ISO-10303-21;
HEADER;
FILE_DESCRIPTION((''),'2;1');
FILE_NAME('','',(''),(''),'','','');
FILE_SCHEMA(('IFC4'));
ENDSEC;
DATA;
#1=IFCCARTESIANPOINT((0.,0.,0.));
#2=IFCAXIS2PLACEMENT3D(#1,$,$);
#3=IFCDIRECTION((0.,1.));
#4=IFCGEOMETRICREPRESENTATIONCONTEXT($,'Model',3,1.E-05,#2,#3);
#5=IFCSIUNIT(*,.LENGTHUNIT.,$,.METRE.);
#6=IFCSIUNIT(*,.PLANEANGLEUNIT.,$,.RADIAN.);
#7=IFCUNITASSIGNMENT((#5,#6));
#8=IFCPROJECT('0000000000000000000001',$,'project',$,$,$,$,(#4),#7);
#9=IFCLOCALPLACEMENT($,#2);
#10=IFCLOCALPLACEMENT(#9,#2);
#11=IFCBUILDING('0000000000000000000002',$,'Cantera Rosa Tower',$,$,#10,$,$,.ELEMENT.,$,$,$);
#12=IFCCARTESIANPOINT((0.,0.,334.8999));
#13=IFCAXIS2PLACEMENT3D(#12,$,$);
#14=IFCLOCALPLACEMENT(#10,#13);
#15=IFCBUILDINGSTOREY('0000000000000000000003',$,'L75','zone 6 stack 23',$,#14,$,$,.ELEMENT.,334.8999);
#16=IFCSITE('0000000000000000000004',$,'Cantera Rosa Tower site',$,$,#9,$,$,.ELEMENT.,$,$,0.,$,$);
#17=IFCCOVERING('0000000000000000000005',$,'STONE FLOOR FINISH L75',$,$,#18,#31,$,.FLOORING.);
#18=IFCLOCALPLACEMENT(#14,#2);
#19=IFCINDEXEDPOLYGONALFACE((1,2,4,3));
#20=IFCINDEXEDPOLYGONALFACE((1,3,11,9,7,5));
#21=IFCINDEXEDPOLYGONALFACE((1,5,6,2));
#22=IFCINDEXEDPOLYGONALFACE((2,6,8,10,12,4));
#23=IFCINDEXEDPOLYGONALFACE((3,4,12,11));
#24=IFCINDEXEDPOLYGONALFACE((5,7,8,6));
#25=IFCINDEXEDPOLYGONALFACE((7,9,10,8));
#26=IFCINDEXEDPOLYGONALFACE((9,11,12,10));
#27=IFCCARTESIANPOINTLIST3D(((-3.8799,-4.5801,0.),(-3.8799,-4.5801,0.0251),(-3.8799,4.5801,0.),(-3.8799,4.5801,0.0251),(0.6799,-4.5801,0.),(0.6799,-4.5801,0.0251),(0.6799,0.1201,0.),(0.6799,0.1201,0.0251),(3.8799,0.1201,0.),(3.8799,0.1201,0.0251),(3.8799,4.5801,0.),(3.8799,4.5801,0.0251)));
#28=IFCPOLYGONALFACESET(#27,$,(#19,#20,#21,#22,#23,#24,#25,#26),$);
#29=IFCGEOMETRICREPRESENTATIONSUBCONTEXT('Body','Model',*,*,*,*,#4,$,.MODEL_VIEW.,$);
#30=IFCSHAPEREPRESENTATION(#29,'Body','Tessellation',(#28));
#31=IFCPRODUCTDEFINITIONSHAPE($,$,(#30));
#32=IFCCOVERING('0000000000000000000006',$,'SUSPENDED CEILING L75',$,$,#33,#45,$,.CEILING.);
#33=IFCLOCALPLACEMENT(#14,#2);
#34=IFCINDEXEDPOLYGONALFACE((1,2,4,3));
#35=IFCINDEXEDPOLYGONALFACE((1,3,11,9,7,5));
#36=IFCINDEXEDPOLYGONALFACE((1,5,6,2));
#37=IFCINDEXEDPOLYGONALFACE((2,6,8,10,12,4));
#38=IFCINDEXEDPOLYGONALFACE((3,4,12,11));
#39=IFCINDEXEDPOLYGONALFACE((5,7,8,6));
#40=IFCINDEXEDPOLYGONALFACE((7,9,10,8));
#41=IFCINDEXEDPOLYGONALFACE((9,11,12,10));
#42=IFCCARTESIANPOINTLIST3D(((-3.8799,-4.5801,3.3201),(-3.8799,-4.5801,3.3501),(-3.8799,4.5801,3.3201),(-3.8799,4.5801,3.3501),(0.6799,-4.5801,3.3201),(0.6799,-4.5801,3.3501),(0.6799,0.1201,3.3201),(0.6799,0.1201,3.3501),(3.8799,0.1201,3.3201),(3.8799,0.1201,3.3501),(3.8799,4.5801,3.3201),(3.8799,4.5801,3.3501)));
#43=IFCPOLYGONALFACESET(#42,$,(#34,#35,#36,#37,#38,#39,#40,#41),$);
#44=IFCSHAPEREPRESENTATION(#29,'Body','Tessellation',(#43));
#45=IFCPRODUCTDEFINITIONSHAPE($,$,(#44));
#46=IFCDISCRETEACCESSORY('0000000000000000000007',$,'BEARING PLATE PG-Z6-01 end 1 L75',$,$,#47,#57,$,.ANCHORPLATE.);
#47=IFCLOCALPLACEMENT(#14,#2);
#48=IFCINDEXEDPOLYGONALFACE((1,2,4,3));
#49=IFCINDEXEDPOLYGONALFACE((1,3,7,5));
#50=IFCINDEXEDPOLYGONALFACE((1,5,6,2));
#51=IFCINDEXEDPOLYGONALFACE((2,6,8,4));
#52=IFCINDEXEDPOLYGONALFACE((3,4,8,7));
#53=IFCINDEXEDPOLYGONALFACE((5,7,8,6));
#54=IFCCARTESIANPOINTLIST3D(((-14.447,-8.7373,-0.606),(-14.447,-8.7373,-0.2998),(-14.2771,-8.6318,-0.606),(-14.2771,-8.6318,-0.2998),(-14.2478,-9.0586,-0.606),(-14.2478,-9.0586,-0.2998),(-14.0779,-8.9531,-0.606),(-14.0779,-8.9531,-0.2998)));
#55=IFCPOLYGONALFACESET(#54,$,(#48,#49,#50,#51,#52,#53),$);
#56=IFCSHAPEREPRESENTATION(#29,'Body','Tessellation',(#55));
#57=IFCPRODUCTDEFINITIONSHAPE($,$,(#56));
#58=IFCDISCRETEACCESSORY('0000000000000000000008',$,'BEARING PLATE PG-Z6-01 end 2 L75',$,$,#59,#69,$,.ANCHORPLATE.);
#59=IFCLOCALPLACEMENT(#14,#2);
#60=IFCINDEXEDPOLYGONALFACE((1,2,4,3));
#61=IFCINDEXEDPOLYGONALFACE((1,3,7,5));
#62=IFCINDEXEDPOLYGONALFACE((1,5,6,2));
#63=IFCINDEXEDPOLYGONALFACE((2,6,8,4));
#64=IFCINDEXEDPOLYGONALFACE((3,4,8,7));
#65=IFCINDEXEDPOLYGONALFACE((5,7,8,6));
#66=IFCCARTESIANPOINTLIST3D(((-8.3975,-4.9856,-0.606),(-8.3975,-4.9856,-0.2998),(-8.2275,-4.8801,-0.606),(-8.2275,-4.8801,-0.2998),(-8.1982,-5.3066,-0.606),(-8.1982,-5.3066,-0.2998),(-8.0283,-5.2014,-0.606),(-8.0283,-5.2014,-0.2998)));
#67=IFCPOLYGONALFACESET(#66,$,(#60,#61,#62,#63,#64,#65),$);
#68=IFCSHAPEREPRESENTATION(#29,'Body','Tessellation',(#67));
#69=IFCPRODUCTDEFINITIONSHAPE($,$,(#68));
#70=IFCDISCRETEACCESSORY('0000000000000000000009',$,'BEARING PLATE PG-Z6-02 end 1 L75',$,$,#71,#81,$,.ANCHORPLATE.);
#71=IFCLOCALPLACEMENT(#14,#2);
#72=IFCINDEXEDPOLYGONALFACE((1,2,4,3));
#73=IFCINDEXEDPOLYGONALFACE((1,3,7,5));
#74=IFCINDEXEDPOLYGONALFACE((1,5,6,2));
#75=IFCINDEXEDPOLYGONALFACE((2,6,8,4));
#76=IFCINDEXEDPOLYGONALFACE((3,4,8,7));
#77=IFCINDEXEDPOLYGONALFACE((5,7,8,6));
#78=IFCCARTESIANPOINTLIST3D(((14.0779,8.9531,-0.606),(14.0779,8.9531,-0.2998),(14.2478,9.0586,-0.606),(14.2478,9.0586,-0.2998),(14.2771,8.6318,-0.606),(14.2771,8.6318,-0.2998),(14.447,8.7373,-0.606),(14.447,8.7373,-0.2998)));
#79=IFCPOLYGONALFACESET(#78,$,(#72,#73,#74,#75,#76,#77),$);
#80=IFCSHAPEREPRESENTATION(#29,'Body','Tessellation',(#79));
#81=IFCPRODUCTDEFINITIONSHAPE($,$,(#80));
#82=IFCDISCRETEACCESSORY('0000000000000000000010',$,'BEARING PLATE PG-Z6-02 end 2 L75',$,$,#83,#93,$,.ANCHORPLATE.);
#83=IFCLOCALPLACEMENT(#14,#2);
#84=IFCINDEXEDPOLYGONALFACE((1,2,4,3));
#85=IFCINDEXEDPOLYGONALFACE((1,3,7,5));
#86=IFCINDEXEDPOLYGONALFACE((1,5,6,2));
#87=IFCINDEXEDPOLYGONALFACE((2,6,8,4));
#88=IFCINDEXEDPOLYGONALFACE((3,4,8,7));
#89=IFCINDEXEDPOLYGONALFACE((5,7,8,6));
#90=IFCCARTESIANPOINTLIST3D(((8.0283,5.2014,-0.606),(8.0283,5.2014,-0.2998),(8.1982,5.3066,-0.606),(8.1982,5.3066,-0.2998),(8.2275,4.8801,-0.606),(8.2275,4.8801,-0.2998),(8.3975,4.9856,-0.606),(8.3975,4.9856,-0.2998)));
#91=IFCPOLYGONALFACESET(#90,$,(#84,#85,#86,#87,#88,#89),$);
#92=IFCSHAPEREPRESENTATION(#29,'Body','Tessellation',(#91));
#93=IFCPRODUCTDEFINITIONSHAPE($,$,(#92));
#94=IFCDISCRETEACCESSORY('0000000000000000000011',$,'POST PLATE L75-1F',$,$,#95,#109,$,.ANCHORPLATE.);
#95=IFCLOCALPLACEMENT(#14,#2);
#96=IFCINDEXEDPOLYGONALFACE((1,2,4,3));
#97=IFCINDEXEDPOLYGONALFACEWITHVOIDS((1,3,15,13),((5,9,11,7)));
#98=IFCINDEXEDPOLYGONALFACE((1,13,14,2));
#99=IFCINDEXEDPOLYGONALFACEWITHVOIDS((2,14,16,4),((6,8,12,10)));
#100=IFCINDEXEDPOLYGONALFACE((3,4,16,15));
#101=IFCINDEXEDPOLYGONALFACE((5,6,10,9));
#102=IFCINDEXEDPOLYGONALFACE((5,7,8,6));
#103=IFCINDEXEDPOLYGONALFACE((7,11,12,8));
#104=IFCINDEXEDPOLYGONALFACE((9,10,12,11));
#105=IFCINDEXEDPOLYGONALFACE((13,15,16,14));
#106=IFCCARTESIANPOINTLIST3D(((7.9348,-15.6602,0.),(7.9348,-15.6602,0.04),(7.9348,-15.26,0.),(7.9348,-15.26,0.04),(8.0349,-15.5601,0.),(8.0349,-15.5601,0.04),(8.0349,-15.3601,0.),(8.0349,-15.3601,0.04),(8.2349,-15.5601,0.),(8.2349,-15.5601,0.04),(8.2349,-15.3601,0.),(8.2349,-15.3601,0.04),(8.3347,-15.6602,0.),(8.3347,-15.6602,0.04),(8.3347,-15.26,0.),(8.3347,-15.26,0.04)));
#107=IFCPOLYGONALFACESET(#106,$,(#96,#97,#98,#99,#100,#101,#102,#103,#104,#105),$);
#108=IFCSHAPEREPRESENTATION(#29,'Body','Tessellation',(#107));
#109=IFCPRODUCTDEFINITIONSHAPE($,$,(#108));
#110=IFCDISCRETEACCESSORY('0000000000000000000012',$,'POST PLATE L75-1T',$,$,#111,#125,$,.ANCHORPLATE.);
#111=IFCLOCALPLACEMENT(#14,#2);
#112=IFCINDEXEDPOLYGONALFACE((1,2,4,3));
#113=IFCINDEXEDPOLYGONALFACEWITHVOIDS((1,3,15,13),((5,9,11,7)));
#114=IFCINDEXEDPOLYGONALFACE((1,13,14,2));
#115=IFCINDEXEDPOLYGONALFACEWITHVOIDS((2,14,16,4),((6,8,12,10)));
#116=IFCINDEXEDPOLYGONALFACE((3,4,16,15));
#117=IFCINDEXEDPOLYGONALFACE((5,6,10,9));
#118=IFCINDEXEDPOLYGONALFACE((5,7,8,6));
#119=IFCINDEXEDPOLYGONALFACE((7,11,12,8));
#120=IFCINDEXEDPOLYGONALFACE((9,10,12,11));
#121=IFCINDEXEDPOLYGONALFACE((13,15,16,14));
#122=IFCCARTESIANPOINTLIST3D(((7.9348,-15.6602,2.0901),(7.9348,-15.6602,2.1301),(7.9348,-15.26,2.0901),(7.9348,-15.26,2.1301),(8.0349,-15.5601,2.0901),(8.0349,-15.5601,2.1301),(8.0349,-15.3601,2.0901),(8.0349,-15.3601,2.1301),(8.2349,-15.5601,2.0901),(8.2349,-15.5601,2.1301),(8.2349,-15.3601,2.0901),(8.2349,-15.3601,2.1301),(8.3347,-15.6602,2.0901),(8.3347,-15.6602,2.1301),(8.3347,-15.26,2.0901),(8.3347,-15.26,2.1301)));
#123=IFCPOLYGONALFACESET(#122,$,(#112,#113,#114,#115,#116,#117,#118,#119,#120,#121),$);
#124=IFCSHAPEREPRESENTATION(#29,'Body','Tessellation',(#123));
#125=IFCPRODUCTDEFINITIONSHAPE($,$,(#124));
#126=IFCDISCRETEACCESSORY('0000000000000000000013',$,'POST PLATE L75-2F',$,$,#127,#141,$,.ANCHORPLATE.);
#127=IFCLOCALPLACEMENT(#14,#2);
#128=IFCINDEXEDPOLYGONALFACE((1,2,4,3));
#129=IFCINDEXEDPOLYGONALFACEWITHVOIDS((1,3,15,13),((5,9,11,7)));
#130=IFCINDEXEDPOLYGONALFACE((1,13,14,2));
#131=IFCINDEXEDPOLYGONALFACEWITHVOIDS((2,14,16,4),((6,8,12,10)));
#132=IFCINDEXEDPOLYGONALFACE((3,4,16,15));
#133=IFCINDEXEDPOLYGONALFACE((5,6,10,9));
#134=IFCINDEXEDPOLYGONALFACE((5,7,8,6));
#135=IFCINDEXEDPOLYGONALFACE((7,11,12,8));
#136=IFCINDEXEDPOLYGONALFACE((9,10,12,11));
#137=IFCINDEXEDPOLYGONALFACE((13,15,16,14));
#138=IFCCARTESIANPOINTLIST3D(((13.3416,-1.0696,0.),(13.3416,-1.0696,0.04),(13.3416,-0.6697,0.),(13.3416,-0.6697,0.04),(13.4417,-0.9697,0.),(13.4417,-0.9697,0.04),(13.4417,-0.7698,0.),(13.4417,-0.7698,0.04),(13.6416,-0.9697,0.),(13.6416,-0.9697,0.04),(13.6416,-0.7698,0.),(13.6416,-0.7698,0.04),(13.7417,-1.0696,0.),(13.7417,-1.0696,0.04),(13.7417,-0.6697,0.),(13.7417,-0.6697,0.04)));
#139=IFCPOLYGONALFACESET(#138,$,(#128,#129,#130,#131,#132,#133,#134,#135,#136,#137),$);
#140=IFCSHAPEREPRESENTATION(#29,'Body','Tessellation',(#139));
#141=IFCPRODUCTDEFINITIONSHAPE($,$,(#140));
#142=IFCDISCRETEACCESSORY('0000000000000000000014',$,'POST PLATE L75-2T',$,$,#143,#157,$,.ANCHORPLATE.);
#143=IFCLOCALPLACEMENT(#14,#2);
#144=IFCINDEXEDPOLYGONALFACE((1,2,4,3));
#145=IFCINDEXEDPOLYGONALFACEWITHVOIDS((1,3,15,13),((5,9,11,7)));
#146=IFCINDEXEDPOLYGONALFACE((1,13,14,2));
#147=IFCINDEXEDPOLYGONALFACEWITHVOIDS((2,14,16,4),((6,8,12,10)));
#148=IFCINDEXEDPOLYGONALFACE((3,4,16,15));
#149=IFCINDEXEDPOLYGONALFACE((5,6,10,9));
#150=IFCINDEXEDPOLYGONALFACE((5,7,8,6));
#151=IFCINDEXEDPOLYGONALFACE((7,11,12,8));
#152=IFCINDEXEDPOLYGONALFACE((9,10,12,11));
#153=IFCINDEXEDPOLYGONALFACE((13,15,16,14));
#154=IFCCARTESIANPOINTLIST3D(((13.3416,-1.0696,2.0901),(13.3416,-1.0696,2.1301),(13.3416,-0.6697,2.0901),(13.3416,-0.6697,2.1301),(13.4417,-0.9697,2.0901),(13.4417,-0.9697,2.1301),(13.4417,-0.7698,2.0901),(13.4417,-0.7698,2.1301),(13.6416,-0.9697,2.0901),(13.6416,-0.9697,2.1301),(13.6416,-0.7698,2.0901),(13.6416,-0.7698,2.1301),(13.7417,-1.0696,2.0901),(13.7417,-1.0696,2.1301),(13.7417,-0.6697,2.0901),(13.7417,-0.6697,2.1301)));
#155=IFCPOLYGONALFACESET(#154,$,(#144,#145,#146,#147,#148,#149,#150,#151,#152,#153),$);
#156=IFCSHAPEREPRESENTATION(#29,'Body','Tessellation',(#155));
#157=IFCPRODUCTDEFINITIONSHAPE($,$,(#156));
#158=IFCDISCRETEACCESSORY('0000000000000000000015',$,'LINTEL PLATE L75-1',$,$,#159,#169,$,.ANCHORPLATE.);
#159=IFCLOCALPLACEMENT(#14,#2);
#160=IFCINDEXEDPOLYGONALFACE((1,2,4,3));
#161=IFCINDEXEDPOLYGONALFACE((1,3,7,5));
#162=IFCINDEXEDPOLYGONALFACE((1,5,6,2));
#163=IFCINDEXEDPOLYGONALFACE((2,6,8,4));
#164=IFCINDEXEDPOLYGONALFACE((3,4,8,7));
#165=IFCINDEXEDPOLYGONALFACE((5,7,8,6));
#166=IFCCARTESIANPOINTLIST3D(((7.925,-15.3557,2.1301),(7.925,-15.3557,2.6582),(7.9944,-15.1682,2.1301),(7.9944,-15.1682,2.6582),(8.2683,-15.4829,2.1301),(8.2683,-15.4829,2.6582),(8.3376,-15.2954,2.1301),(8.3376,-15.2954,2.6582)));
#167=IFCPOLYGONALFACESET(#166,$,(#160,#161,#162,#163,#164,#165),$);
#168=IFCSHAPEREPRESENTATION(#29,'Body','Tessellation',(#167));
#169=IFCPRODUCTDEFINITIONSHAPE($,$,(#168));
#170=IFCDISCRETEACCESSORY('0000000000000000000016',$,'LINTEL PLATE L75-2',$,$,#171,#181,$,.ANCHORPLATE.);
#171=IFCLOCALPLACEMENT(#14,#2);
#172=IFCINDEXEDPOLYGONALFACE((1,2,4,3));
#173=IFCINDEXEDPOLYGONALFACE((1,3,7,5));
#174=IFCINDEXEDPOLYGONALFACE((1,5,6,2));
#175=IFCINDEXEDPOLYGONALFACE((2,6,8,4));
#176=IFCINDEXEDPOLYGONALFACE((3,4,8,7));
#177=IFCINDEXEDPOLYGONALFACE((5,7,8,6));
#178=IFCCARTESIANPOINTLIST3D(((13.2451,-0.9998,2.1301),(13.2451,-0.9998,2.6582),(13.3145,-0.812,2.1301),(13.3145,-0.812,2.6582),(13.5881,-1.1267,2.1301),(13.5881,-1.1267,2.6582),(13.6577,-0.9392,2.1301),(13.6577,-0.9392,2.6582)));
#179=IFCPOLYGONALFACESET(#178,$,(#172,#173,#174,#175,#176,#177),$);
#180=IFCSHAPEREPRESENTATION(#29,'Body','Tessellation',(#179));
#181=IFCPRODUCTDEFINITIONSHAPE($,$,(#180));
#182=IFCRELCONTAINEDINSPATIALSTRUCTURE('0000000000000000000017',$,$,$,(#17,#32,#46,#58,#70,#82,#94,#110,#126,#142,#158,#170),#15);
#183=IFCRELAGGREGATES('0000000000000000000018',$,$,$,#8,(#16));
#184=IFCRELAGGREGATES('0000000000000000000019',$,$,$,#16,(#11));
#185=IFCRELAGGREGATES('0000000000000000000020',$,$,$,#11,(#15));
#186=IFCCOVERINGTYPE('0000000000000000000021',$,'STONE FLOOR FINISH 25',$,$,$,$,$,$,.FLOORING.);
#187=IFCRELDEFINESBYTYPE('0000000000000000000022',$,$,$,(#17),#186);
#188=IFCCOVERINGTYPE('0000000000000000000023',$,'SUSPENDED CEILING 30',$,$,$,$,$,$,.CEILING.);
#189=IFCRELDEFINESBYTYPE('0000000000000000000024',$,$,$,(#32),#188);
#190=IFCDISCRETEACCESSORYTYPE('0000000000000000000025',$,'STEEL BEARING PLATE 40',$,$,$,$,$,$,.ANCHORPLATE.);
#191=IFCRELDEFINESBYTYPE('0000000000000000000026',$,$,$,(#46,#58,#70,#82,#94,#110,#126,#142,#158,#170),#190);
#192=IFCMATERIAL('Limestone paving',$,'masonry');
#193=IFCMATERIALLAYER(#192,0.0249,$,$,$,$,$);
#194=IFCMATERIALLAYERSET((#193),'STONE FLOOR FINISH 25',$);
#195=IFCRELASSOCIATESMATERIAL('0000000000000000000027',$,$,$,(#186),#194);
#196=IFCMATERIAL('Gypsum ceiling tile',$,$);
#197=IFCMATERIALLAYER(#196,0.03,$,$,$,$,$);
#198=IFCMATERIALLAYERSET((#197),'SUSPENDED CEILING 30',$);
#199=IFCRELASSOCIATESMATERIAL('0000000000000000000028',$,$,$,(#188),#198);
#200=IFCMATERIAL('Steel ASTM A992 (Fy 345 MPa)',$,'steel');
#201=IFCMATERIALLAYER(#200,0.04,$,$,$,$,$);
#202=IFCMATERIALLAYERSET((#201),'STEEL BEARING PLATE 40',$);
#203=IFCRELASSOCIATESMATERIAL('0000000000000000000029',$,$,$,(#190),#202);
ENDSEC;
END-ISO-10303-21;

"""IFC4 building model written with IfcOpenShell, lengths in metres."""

from ifc_helpers import new_model, si_unit, direction, frame, origin, place, context, subcontext, project, spatial, polyline, outline, extrude, material, layer, layer_set, type_object, element, save


model = new_model("IFC4")

# Units and contexts
model_context = context("Model", 3, precision=1e-05, world=origin(), true_north=direction((0.0, 1.0)))
body_context = subcontext(model_context, "Body", "Model", "MODEL_VIEW")
ifc_project = project(units=[si_unit("LENGTHUNIT", "METRE"), si_unit("PLANEANGLEUNIT", "RADIAN")], contexts=[model_context])

# Site, building, storey
site_placement = place(None, origin())
site = spatial("IfcSite", under=ifc_project, at=site_placement, Name="Cantera Rosa Tower site", CompositionType="ELEMENT", RefElevation=0.0)
building_placement = place(site_placement, origin())
building = spatial("IfcBuilding", under=site, at=building_placement, Name="Cantera Rosa Tower", CompositionType="ELEMENT")
storey_placement = place(building_placement, frame((0.0, 0.0, 334.8999)))
storey = spatial("IfcBuildingStorey", under=building, at=storey_placement, Name="L75", Description="zone 6 stack 23", CompositionType="ELEMENT", Elevation=334.8999)

# Coverings
ifc_material_1 = material(Name="Limestone paving", Category="masonry")
ifc_layer_1 = layer(ifc_material_1, 0.0249)
ifc_layer_set_1 = layer_set([ifc_layer_1], Name="STONE FLOOR FINISH 25")
covering_type_1 = type_object("IfcCoveringType", Name="STONE FLOOR FINISH 25", PredefinedType="FLOORING", material=ifc_layer_set_1)
covering_1_placement = place(storey_placement, origin())
element("IfcCovering", 1, at=covering_1_placement, inside=storey, type_object=covering_type_1, Name="STONE FLOOR FINISH L75", PredefinedType="FLOORING", context=body_context, shape_type="SweptSolid", body=[
    extrude(outline(polyline([(3.8799, 4.5801), (3.8799, 0.1201), (0.6799, 0.1201), (0.6799, -4.5801), (-3.8799, -4.5801), (-3.8799, 4.5801), (3.8799, 4.5801)])), origin(), (0.0, 0.0, 1.0), 0.0251),
])
ifc_material_2 = material(Name="Gypsum ceiling tile")
ifc_layer_2 = layer(ifc_material_2, 0.03)
ifc_layer_set_2 = layer_set([ifc_layer_2], Name="SUSPENDED CEILING 30")
covering_type_2 = type_object("IfcCoveringType", Name="SUSPENDED CEILING 30", PredefinedType="CEILING", material=ifc_layer_set_2)
covering_2_placement = place(storey_placement, frame((0.0, 0.0, 3.3201)))
element("IfcCovering", 2, at=covering_2_placement, inside=storey, type_object=covering_type_2, Name="SUSPENDED CEILING L75", PredefinedType="CEILING", context=body_context, shape_type="SweptSolid", body=[
    extrude(outline(polyline([(3.8799, 4.5801), (3.8799, 0.1201), (0.6799, 0.1201), (0.6799, -4.5801), (-3.8799, -4.5801), (-3.8799, 4.5801), (3.8799, 4.5801)])), origin(), (0.0, 0.0, 1.0), 0.03),
])

# Discrete accessories
ifc_material_3 = material(Name="Steel ASTM A992 (Fy 345 MPa)", Category="steel")
ifc_layer_3 = layer(ifc_material_3, 0.04)
ifc_layer_set_3 = layer_set([ifc_layer_3], Name="STEEL BEARING PLATE 40")
discrete_accessory_type = type_object("IfcDiscreteAccessoryType", Name="STEEL BEARING PLATE 40", PredefinedType="ANCHORPLATE", material=ifc_layer_set_3)
discrete_accessory_1_placement = place(storey_placement, frame((0.0, 0.0, -0.606)))
element("IfcDiscreteAccessory", 3, at=discrete_accessory_1_placement, inside=storey, type_object=discrete_accessory_type, Name="BEARING PLATE PG-Z6-01 end 1 L75", PredefinedType="ANCHORPLATE", context=body_context, shape_type="SweptSolid", body=[
    extrude(outline(polyline([(-14.2771, -8.6318), (-14.447, -8.7373), (-14.2478, -9.0586), (-14.0779, -8.9531), (-14.2771, -8.6318)])), origin(), (0.0, 0.0, 1.0), 0.3062),
])
discrete_accessory_2_placement = place(storey_placement, frame((0.0, 0.0, -0.606)))
element("IfcDiscreteAccessory", 4, at=discrete_accessory_2_placement, inside=storey, type_object=discrete_accessory_type, Name="BEARING PLATE PG-Z6-01 end 2 L75", PredefinedType="ANCHORPLATE", context=body_context, shape_type="SweptSolid", body=[
    extrude(outline(polyline([(-8.1982, -5.3066), (-8.0283, -5.2014), (-8.2275, -4.8801), (-8.3975, -4.9856), (-8.1982, -5.3066)])), origin(), (0.0, 0.0, 1.0), 0.3062),
])
discrete_accessory_3_placement = place(storey_placement, frame((0.0, 0.0, -0.606)))
element("IfcDiscreteAccessory", 5, at=discrete_accessory_3_placement, inside=storey, type_object=discrete_accessory_type, Name="BEARING PLATE PG-Z6-02 end 1 L75", PredefinedType="ANCHORPLATE", context=body_context, shape_type="SweptSolid", body=[
    extrude(outline(polyline([(14.2771, 8.6318), (14.447, 8.7373), (14.2478, 9.0586), (14.0779, 8.9531), (14.2771, 8.6318)])), origin(), (0.0, 0.0, 1.0), 0.3062),
])
discrete_accessory_4_placement = place(storey_placement, frame((0.0, 0.0, -0.606)))
element("IfcDiscreteAccessory", 6, at=discrete_accessory_4_placement, inside=storey, type_object=discrete_accessory_type, Name="BEARING PLATE PG-Z6-02 end 2 L75", PredefinedType="ANCHORPLATE", context=body_context, shape_type="SweptSolid", body=[
    extrude(outline(polyline([(8.1982, 5.3066), (8.0283, 5.2014), (8.2275, 4.8801), (8.3975, 4.9856), (8.1982, 5.3066)])), origin(), (0.0, 0.0, 1.0), 0.3062),
])
for number, where, name in (
    (7, (0.0, 0.0, 0.0), "POST PLATE L75-1F"),
    (8, (0.0, 0.0, 2.0901), "POST PLATE L75-1T"),
):
    element("IfcDiscreteAccessory", number, at=place(storey_placement, frame(where)), inside=storey, type_object=discrete_accessory_type, Name=name, PredefinedType="ANCHORPLATE", context=body_context, shape_type="SweptSolid", body=[
        extrude(outline(polyline([(7.9348, -15.6602), (8.3347, -15.6602), (8.3347, -15.26), (7.9348, -15.26), (7.9348, -15.6602)]), holes=[polyline([(8.0349, -15.5601), (8.2349, -15.5601), (8.2349, -15.3601), (8.0349, -15.3601), (8.0349, -15.5601)])]), origin(), (0.0, 0.0, 1.0), 0.04),
    ])
for number, where, name in (
    (9, (0.0, 0.0, 0.0), "POST PLATE L75-2F"),
    (10, (0.0, 0.0, 2.0901), "POST PLATE L75-2T"),
):
    element("IfcDiscreteAccessory", number, at=place(storey_placement, frame(where)), inside=storey, type_object=discrete_accessory_type, Name=name, PredefinedType="ANCHORPLATE", context=body_context, shape_type="SweptSolid", body=[
        extrude(outline(polyline([(13.3416, -1.0696), (13.7417, -1.0696), (13.7417, -0.6697), (13.3416, -0.6697), (13.3416, -1.0696)]), holes=[polyline([(13.4417, -0.9697), (13.6416, -0.9697), (13.6416, -0.7698), (13.4417, -0.7698), (13.4417, -0.9697)])]), origin(), (0.0, 0.0, 1.0), 0.04),
    ])
discrete_accessory_5_placement = place(storey_placement, frame((0.0, 0.0, 2.1301)))
element("IfcDiscreteAccessory", 11, at=discrete_accessory_5_placement, inside=storey, type_object=discrete_accessory_type, Name="LINTEL PLATE L75-1", PredefinedType="ANCHORPLATE", context=body_context, shape_type="SweptSolid", body=[
    extrude(outline(polyline([(7.9944, -15.1682), (7.925, -15.3557), (8.2683, -15.4829), (8.3376, -15.2954), (7.9944, -15.1682)])), origin(), (0.0, 0.0, 1.0), 0.5281),
])
discrete_accessory_6_placement = place(storey_placement, frame((0.0, 0.0, 2.1301)))
element("IfcDiscreteAccessory", 12, at=discrete_accessory_6_placement, inside=storey, type_object=discrete_accessory_type, Name="LINTEL PLATE L75-2", PredefinedType="ANCHORPLATE", context=body_context, shape_type="SweptSolid", body=[
    extrude(outline(polyline([(13.5881, -1.1267), (13.6577, -0.9392), (13.3145, -0.812), (13.2451, -0.9998), (13.5881, -1.1267)])), origin(), (0.0, 0.0, 1.0), 0.5281),
])

save(model, "model.ifc")
